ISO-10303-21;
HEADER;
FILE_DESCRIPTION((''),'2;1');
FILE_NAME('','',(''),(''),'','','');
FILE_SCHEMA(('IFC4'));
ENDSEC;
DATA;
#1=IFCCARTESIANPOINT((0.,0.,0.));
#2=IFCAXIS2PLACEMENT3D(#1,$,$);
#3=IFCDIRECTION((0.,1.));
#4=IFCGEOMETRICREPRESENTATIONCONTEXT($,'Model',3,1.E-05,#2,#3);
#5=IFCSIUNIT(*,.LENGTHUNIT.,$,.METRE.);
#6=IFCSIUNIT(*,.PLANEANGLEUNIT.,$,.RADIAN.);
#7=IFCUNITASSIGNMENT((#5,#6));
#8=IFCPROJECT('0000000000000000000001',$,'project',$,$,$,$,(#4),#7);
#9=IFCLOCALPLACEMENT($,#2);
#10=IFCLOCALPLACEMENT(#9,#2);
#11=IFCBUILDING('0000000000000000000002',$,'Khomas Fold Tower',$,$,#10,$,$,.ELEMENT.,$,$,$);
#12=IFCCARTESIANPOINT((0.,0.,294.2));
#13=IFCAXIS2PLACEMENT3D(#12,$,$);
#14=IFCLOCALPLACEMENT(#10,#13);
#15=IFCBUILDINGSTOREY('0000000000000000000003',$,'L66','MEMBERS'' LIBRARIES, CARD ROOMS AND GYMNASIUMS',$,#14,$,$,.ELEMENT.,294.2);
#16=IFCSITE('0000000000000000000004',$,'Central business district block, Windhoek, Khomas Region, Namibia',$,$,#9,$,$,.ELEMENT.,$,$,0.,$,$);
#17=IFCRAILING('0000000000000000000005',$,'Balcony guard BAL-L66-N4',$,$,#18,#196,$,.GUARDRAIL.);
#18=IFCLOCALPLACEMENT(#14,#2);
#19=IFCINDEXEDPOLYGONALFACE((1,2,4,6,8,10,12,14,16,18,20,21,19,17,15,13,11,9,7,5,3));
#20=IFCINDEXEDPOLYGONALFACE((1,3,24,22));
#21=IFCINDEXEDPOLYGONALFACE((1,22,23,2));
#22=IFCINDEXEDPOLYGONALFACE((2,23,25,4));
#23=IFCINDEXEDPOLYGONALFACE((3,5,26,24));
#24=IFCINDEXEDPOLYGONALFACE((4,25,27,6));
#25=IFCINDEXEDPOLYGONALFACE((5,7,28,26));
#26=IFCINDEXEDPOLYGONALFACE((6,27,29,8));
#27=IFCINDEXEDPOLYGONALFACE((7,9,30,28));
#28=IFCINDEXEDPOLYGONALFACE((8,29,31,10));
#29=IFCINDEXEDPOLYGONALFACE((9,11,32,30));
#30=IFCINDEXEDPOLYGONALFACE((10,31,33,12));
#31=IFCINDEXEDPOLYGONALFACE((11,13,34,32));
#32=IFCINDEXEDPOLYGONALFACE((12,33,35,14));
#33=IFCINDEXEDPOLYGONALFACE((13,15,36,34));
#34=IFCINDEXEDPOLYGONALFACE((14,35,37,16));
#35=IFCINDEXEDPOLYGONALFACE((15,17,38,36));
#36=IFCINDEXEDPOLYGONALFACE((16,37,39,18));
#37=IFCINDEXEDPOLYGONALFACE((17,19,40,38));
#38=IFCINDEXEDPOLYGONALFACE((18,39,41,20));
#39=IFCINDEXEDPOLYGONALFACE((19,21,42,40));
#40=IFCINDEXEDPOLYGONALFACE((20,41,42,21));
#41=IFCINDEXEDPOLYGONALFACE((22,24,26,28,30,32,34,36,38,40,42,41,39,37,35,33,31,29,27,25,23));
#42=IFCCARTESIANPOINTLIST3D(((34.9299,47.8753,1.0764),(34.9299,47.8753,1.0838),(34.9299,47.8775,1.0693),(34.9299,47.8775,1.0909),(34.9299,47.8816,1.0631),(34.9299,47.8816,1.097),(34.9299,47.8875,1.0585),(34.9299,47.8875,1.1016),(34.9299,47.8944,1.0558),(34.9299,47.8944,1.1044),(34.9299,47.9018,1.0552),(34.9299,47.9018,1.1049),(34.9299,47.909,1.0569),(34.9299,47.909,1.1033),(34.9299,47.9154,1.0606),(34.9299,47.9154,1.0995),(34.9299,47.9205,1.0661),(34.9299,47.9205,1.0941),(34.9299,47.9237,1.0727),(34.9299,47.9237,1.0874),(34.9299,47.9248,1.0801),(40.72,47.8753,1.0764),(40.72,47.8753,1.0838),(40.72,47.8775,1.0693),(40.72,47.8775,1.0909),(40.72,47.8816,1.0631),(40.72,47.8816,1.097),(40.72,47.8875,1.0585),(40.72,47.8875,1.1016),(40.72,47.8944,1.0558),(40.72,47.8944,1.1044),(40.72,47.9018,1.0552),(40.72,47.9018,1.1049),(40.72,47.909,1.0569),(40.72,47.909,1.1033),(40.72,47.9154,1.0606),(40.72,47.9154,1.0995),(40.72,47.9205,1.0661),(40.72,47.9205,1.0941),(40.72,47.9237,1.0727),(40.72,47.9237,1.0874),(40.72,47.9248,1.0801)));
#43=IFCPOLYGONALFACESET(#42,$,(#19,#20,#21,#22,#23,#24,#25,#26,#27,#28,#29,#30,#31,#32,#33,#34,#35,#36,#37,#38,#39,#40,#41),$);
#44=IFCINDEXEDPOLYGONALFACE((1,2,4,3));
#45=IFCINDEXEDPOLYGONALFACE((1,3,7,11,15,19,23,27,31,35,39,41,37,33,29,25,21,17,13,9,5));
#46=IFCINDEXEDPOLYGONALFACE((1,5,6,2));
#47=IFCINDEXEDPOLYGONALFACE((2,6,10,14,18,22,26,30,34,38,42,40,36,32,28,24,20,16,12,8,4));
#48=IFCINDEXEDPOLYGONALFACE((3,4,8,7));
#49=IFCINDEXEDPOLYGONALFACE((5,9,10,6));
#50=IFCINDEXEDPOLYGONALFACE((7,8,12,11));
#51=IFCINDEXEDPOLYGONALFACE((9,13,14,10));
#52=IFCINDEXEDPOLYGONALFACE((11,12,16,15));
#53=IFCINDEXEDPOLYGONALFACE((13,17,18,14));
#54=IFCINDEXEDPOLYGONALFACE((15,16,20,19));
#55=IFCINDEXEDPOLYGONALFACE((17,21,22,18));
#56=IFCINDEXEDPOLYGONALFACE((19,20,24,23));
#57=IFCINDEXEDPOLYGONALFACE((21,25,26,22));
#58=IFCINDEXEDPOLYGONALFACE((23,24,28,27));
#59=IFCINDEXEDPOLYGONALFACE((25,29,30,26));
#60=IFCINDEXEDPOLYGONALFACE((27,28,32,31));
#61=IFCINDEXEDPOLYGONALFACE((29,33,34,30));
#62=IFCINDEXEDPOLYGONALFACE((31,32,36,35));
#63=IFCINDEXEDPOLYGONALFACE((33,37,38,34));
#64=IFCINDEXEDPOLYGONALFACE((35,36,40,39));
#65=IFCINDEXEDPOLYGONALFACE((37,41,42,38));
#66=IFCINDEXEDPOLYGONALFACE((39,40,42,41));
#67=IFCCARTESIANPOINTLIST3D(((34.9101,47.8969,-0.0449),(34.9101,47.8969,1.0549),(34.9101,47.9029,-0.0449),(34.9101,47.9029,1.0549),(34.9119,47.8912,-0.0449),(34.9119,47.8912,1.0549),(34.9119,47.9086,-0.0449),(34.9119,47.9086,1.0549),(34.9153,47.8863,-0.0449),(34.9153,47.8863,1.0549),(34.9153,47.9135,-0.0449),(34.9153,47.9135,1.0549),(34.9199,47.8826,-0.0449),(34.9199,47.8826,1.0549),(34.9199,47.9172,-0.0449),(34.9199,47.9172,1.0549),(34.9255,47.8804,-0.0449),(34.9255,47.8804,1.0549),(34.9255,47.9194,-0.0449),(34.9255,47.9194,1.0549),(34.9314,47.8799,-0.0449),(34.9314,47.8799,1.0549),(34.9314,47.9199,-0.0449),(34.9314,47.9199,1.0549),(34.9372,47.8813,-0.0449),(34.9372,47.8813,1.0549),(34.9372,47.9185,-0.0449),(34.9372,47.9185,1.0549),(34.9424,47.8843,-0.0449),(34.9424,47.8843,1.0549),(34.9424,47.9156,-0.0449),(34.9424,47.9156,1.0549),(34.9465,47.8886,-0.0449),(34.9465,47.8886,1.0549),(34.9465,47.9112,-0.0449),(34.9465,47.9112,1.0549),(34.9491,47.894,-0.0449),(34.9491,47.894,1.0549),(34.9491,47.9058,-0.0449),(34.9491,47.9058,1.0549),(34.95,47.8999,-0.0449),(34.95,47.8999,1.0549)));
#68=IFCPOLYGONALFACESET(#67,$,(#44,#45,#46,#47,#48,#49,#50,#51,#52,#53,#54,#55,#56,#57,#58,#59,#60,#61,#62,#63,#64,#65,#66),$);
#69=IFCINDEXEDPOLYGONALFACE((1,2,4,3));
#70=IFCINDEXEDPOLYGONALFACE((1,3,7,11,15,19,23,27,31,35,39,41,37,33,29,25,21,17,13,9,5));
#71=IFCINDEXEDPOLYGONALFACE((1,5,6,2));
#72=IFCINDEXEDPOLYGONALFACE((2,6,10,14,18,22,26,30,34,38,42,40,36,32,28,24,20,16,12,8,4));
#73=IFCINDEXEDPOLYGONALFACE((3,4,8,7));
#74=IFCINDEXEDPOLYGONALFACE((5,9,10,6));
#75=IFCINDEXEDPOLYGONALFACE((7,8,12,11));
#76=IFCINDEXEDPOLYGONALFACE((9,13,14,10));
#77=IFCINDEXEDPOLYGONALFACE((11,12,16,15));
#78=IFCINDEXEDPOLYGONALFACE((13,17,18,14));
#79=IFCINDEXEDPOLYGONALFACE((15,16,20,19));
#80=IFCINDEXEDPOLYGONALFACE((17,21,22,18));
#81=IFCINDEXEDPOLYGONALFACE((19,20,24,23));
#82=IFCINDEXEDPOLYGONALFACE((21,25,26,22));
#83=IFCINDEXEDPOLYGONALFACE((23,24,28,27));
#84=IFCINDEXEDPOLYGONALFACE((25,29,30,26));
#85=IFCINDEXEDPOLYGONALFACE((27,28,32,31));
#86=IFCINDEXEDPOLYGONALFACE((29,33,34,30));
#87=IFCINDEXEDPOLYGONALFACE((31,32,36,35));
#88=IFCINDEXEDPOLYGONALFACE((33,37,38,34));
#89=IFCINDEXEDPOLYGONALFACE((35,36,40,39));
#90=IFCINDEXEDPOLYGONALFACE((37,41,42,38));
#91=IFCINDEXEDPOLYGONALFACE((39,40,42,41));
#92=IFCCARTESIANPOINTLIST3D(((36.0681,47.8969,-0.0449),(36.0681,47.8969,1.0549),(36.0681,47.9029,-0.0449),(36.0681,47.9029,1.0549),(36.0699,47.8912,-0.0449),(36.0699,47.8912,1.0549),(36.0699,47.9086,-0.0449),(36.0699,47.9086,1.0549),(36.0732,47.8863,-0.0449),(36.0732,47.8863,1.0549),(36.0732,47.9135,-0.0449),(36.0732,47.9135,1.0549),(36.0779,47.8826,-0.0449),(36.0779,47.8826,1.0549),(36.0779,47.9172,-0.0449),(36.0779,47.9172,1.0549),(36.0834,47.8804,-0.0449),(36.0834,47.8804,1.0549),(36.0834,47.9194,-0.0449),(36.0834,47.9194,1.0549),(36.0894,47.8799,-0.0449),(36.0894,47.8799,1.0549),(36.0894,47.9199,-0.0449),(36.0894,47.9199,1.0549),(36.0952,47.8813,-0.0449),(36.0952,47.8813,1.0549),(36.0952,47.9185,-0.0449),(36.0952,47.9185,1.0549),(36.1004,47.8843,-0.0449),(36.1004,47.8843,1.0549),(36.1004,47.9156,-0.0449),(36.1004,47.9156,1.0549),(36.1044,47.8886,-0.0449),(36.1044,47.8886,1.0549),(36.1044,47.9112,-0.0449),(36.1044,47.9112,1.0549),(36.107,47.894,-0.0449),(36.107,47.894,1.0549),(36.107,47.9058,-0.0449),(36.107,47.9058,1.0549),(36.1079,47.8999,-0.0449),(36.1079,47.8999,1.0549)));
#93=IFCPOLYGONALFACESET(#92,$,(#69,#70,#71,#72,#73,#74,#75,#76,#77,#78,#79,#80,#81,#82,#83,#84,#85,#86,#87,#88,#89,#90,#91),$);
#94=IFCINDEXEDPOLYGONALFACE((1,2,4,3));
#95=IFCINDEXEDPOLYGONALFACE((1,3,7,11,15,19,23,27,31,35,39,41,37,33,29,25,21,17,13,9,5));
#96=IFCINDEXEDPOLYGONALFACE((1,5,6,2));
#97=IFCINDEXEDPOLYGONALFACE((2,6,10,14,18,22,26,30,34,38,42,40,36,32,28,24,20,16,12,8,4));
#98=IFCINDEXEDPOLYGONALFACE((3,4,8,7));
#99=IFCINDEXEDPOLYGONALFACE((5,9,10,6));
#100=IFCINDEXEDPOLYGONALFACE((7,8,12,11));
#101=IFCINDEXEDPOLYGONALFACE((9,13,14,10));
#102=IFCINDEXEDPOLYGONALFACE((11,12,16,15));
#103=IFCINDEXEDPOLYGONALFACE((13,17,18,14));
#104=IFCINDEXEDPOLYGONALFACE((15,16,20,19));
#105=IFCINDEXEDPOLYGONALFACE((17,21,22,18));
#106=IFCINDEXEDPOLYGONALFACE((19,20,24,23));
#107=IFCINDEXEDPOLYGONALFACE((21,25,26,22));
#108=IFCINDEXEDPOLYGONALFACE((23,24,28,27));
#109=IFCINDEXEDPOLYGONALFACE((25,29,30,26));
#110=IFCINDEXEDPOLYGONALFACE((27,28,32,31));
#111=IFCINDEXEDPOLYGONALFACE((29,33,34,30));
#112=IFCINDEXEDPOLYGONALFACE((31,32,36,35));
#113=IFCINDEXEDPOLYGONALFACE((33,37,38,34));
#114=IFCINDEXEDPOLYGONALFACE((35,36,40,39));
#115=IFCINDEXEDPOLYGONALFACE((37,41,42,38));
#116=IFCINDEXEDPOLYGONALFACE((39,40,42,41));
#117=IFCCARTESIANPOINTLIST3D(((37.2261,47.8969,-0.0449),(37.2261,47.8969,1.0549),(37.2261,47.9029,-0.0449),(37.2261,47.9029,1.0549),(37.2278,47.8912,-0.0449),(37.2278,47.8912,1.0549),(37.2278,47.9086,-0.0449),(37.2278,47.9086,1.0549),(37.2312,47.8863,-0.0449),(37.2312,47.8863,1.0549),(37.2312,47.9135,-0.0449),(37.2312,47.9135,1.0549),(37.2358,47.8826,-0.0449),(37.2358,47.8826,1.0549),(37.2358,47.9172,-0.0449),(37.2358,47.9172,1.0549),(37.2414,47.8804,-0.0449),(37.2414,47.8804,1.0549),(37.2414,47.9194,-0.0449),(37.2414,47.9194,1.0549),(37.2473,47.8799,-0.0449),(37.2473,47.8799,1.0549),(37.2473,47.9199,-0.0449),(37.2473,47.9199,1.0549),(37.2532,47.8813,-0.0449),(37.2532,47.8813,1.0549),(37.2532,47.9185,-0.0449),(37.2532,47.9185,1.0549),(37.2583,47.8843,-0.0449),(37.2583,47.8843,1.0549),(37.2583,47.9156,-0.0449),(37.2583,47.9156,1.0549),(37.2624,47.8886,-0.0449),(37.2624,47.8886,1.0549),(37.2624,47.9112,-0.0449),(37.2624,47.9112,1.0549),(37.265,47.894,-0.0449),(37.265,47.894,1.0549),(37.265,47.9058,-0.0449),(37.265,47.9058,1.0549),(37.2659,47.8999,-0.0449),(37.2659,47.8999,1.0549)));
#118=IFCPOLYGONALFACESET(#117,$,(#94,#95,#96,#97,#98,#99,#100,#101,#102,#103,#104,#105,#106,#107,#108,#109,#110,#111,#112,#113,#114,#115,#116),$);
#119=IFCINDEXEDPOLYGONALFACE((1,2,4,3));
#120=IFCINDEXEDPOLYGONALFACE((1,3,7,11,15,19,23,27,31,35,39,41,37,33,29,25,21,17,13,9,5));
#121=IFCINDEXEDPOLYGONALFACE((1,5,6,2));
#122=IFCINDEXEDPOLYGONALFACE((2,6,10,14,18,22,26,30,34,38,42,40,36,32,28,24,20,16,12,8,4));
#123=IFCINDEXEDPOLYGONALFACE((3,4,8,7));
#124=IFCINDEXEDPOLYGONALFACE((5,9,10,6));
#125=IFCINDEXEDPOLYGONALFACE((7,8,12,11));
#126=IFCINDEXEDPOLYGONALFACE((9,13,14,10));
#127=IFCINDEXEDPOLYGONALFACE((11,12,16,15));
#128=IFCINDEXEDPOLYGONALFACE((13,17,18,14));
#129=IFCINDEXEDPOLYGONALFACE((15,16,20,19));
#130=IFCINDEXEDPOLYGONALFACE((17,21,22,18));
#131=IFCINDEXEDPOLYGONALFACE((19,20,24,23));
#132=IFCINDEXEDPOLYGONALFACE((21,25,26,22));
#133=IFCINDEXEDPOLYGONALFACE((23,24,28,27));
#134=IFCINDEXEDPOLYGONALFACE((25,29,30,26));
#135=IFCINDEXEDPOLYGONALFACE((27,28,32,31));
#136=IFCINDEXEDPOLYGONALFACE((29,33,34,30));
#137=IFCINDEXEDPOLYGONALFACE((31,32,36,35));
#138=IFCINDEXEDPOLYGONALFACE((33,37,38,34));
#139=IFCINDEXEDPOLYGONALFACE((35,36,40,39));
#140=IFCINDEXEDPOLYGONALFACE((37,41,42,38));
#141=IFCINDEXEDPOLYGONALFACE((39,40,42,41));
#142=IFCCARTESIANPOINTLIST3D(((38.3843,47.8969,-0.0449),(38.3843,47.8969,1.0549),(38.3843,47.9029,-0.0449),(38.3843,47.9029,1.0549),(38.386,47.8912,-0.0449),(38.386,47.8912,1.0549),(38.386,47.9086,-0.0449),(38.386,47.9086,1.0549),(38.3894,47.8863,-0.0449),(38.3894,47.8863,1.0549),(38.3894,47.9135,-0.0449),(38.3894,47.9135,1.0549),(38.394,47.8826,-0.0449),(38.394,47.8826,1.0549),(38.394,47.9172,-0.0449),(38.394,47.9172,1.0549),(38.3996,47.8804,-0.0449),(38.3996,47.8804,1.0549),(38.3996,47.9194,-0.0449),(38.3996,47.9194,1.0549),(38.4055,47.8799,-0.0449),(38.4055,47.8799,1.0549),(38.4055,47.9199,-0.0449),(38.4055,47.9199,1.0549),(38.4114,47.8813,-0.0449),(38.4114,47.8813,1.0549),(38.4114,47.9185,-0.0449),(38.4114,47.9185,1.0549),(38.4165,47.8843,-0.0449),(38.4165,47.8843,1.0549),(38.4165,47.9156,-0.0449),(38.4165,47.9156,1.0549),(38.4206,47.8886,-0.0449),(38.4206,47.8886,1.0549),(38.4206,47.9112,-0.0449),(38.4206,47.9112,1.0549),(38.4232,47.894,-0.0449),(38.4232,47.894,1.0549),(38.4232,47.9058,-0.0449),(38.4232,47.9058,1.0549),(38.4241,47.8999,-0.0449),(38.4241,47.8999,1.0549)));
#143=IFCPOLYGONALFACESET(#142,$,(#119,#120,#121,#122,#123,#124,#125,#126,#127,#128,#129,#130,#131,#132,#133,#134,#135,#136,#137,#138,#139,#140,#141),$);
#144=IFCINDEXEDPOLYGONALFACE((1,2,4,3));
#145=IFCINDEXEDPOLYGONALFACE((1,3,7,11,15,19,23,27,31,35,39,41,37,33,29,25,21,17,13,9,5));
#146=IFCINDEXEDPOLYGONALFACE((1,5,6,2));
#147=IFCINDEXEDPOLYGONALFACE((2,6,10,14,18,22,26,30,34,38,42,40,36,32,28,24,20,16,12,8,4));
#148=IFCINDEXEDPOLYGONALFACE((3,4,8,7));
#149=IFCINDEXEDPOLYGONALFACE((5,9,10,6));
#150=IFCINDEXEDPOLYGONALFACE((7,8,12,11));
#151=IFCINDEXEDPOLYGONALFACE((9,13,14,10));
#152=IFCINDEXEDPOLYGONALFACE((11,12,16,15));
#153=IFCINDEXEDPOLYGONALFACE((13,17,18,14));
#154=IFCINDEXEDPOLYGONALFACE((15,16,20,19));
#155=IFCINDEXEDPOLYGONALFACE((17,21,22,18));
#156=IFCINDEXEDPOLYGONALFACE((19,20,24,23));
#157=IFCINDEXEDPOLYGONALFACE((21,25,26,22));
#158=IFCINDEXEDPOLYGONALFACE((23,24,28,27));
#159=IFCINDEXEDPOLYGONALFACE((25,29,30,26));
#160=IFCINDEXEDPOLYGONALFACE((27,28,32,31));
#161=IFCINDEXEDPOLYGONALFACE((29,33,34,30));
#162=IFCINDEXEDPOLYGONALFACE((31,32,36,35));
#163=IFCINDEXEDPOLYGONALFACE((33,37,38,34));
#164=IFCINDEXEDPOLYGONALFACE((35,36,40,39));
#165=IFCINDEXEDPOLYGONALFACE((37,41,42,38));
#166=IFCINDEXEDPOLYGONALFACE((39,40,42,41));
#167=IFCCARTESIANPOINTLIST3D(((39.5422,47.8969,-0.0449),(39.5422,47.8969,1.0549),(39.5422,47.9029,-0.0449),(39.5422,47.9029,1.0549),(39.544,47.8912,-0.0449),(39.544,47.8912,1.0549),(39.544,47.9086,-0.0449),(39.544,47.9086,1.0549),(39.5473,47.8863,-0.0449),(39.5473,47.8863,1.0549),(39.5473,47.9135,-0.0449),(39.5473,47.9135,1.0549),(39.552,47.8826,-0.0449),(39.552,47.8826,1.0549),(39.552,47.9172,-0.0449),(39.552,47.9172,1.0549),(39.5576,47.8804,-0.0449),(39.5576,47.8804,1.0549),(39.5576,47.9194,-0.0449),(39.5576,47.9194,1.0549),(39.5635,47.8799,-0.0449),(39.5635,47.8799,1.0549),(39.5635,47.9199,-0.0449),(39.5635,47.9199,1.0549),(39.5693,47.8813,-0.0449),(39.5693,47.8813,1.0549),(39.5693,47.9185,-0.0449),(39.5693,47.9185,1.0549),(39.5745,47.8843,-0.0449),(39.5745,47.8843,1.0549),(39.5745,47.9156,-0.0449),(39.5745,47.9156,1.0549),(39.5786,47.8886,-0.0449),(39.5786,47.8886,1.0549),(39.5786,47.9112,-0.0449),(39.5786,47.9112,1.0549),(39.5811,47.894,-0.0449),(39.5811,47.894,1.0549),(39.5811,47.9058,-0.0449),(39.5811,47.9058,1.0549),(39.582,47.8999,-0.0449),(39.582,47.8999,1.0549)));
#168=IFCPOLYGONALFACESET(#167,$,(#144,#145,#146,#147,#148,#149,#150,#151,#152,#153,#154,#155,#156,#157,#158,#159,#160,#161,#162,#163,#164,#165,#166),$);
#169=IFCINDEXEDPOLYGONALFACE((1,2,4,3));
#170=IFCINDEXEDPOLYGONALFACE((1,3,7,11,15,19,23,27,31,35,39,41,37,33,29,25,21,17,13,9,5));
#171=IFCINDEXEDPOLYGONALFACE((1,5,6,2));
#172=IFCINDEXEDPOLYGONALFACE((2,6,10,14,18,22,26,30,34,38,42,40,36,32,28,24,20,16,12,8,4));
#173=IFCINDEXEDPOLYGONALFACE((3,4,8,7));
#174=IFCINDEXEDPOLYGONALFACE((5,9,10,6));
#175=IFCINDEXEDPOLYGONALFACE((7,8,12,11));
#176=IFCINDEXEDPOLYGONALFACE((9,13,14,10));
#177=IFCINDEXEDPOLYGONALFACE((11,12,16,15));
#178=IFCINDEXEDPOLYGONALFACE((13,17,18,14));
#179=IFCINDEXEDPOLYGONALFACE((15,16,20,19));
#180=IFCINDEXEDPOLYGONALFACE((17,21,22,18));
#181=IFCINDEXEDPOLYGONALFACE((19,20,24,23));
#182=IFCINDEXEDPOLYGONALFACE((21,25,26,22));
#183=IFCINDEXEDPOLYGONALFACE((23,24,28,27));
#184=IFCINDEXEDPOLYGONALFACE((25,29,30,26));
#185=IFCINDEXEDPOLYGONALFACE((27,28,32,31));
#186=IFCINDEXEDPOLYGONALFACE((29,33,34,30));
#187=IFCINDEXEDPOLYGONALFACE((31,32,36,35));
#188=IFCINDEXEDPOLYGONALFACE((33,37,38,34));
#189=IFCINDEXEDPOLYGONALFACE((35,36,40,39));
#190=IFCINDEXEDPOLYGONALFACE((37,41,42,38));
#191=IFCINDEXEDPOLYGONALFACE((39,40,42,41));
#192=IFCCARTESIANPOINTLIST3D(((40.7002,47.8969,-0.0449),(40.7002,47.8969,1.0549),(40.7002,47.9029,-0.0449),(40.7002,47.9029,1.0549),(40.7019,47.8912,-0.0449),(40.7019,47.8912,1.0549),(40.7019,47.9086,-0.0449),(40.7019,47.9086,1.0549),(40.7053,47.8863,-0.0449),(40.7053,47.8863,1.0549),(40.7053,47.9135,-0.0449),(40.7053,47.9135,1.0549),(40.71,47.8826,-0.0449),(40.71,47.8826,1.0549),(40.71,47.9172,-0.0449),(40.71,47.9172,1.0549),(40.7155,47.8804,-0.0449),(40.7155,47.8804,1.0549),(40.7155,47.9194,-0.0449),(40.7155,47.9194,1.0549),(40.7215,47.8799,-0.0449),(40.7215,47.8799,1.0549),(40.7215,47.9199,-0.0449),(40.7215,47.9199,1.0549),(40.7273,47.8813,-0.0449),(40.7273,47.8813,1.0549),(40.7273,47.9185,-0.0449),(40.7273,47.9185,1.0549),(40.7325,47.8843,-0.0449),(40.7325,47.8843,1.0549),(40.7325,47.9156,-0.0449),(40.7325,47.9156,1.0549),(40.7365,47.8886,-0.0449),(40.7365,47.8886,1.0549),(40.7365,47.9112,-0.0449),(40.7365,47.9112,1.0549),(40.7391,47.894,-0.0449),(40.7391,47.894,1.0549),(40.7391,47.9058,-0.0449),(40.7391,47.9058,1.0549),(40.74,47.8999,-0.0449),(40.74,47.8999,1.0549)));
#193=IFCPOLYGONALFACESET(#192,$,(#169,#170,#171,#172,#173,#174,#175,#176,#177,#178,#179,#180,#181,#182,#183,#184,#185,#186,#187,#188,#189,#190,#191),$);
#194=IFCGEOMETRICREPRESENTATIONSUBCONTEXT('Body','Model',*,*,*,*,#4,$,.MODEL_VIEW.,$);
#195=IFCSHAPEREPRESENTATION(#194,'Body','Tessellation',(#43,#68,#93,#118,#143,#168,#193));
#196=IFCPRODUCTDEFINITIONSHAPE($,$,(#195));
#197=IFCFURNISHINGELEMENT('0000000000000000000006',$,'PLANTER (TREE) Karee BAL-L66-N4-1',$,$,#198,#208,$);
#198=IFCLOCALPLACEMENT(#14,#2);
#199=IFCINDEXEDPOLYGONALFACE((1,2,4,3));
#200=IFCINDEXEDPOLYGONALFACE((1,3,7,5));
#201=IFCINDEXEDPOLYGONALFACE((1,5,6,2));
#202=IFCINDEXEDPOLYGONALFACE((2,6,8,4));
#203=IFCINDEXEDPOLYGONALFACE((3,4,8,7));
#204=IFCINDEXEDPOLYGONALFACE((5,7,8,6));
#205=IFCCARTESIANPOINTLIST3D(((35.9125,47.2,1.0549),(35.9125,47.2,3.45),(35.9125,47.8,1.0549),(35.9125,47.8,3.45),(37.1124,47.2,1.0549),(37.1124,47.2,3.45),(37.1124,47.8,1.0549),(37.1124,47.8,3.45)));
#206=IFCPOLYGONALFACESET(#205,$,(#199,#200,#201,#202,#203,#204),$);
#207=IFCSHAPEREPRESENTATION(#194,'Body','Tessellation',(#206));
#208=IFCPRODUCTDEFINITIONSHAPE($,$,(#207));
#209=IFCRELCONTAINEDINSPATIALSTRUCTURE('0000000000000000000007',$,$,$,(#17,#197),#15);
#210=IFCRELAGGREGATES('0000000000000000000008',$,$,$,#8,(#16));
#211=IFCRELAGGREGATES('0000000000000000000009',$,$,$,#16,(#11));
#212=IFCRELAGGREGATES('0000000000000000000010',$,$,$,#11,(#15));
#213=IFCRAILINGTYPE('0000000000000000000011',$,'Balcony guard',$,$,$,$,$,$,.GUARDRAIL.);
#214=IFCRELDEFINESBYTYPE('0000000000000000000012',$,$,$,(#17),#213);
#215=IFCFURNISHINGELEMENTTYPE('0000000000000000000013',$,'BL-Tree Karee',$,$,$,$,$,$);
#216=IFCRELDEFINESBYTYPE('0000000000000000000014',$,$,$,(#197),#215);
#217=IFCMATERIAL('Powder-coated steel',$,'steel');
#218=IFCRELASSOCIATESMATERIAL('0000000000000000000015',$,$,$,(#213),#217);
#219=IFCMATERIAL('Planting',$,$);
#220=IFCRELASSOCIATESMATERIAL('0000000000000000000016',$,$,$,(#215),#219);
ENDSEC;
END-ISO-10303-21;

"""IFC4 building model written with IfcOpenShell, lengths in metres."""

from ifc_helpers import new_model, si_unit, direction, frame, origin, origin_2d, place, context, subcontext, project, spatial, rectangle, circle, extrude, source, transform, mapped, material, type_object, element, save


model = new_model("IFC4")

# Units and contexts
model_context = context("Model", 3, precision=1e-05, world=origin(), true_north=direction((0.0, 1.0)))
body_context = subcontext(model_context, "Body", "Model", "MODEL_VIEW")
ifc_project = project(units=[si_unit("LENGTHUNIT", "METRE"), si_unit("PLANEANGLEUNIT", "RADIAN")], contexts=[model_context])

# Site, building, storey
site_placement = place(None, origin())
site = spatial("IfcSite", under=ifc_project, at=site_placement, Name="Central business district block, Windhoek, Khomas Region, Namibia", CompositionType="ELEMENT", RefElevation=0.0)
building_placement = place(site_placement, origin())
building = spatial("IfcBuilding", under=site, at=building_placement, Name="Khomas Fold Tower", CompositionType="ELEMENT")
storey_placement = place(building_placement, frame((0.0, 0.0, 294.2)))
storey = spatial("IfcBuildingStorey", under=building, at=storey_placement, Name="L66", Description="MEMBERS' LIBRARIES, CARD ROOMS AND GYMNASIUMS", CompositionType="ELEMENT", Elevation=294.2)

# Railing
ifc_material_1 = material(Name="Powder-coated steel", Category="steel")
railing_type = type_object("IfcRailingType", Name="Balcony guard", PredefinedType="GUARDRAIL", material=ifc_material_1)
shared_shape_1 = source(origin(), body_context, "Body", "SweptSolid", [
    extrude(circle(Radius=0.0249, at=origin_2d()), frame((0.0, 0.0, 1.125), z_axis=(1.0, 0.0, 0.0), x_axis=(0.0, 1.0, 0.0)), (0.0, 0.0, 1.0), 5.79),
    extrude(circle(Radius=0.02, at=origin_2d()), origin(), (0.0, 0.0, 1.0), 1.0999),
    extrude(circle(Radius=0.02, at=origin_2d()), frame((1.158, 0.0, 0.0)), (0.0, 0.0, 1.0), 1.0999),
    extrude(circle(Radius=0.02, at=origin_2d()), frame((2.3159, 0.0, 0.0)), (0.0, 0.0, 1.0), 1.0999),
    extrude(circle(Radius=0.02, at=origin_2d()), frame((3.4741, 0.0, 0.0)), (0.0, 0.0, 1.0), 1.0999),
    extrude(circle(Radius=0.02, at=origin_2d()), frame((4.6321, 0.0, 0.0)), (0.0, 0.0, 1.0), 1.0999),
    extrude(circle(Radius=0.02, at=origin_2d()), frame((5.79, 0.0, 0.0)), (0.0, 0.0, 1.0), 1.0999),
])
railing_placement = place(storey_placement, frame((34.9299, 47.8999, -0.0449)))
element("IfcRailing", 1, at=railing_placement, inside=storey, type_object=railing_type, Name="Balcony guard BAL-L66-N4", PredefinedType="GUARDRAIL", context=body_context, shape_type="MappedRepresentation", body=[
    mapped(shared_shape_1, transform((0.0, 0.0, 0.0))),
])

# Furnishing element
ifc_material_2 = material(Name="Planting")
furnishing_element_type = type_object("IfcFurnishingElementType", Name="BL-Tree Karee", material=ifc_material_2)
shared_shape_2 = source(origin(), body_context, "Body", "SweptSolid", [
    extrude(rectangle(XDim=1.2, YDim=0.6001, at=origin_2d()), origin(), (0.0, 0.0, 1.0), 2.395),
])
furnishing_placement = place(storey_placement, frame((36.5125, 47.5, 1.0549), z_axis=(0.0, 0.0, 1.0), x_axis=(1.0, 0.0, 0.0)))
element("IfcFurnishingElement", 2, at=furnishing_placement, inside=storey, type_object=furnishing_element_type, Name="PLANTER (TREE) Karee BAL-L66-N4-1", context=body_context, shape_type="MappedRepresentation", body=[
    mapped(shared_shape_2, transform((0.0, 0.0, 0.0))),
])

save(model, "model.ifc")
